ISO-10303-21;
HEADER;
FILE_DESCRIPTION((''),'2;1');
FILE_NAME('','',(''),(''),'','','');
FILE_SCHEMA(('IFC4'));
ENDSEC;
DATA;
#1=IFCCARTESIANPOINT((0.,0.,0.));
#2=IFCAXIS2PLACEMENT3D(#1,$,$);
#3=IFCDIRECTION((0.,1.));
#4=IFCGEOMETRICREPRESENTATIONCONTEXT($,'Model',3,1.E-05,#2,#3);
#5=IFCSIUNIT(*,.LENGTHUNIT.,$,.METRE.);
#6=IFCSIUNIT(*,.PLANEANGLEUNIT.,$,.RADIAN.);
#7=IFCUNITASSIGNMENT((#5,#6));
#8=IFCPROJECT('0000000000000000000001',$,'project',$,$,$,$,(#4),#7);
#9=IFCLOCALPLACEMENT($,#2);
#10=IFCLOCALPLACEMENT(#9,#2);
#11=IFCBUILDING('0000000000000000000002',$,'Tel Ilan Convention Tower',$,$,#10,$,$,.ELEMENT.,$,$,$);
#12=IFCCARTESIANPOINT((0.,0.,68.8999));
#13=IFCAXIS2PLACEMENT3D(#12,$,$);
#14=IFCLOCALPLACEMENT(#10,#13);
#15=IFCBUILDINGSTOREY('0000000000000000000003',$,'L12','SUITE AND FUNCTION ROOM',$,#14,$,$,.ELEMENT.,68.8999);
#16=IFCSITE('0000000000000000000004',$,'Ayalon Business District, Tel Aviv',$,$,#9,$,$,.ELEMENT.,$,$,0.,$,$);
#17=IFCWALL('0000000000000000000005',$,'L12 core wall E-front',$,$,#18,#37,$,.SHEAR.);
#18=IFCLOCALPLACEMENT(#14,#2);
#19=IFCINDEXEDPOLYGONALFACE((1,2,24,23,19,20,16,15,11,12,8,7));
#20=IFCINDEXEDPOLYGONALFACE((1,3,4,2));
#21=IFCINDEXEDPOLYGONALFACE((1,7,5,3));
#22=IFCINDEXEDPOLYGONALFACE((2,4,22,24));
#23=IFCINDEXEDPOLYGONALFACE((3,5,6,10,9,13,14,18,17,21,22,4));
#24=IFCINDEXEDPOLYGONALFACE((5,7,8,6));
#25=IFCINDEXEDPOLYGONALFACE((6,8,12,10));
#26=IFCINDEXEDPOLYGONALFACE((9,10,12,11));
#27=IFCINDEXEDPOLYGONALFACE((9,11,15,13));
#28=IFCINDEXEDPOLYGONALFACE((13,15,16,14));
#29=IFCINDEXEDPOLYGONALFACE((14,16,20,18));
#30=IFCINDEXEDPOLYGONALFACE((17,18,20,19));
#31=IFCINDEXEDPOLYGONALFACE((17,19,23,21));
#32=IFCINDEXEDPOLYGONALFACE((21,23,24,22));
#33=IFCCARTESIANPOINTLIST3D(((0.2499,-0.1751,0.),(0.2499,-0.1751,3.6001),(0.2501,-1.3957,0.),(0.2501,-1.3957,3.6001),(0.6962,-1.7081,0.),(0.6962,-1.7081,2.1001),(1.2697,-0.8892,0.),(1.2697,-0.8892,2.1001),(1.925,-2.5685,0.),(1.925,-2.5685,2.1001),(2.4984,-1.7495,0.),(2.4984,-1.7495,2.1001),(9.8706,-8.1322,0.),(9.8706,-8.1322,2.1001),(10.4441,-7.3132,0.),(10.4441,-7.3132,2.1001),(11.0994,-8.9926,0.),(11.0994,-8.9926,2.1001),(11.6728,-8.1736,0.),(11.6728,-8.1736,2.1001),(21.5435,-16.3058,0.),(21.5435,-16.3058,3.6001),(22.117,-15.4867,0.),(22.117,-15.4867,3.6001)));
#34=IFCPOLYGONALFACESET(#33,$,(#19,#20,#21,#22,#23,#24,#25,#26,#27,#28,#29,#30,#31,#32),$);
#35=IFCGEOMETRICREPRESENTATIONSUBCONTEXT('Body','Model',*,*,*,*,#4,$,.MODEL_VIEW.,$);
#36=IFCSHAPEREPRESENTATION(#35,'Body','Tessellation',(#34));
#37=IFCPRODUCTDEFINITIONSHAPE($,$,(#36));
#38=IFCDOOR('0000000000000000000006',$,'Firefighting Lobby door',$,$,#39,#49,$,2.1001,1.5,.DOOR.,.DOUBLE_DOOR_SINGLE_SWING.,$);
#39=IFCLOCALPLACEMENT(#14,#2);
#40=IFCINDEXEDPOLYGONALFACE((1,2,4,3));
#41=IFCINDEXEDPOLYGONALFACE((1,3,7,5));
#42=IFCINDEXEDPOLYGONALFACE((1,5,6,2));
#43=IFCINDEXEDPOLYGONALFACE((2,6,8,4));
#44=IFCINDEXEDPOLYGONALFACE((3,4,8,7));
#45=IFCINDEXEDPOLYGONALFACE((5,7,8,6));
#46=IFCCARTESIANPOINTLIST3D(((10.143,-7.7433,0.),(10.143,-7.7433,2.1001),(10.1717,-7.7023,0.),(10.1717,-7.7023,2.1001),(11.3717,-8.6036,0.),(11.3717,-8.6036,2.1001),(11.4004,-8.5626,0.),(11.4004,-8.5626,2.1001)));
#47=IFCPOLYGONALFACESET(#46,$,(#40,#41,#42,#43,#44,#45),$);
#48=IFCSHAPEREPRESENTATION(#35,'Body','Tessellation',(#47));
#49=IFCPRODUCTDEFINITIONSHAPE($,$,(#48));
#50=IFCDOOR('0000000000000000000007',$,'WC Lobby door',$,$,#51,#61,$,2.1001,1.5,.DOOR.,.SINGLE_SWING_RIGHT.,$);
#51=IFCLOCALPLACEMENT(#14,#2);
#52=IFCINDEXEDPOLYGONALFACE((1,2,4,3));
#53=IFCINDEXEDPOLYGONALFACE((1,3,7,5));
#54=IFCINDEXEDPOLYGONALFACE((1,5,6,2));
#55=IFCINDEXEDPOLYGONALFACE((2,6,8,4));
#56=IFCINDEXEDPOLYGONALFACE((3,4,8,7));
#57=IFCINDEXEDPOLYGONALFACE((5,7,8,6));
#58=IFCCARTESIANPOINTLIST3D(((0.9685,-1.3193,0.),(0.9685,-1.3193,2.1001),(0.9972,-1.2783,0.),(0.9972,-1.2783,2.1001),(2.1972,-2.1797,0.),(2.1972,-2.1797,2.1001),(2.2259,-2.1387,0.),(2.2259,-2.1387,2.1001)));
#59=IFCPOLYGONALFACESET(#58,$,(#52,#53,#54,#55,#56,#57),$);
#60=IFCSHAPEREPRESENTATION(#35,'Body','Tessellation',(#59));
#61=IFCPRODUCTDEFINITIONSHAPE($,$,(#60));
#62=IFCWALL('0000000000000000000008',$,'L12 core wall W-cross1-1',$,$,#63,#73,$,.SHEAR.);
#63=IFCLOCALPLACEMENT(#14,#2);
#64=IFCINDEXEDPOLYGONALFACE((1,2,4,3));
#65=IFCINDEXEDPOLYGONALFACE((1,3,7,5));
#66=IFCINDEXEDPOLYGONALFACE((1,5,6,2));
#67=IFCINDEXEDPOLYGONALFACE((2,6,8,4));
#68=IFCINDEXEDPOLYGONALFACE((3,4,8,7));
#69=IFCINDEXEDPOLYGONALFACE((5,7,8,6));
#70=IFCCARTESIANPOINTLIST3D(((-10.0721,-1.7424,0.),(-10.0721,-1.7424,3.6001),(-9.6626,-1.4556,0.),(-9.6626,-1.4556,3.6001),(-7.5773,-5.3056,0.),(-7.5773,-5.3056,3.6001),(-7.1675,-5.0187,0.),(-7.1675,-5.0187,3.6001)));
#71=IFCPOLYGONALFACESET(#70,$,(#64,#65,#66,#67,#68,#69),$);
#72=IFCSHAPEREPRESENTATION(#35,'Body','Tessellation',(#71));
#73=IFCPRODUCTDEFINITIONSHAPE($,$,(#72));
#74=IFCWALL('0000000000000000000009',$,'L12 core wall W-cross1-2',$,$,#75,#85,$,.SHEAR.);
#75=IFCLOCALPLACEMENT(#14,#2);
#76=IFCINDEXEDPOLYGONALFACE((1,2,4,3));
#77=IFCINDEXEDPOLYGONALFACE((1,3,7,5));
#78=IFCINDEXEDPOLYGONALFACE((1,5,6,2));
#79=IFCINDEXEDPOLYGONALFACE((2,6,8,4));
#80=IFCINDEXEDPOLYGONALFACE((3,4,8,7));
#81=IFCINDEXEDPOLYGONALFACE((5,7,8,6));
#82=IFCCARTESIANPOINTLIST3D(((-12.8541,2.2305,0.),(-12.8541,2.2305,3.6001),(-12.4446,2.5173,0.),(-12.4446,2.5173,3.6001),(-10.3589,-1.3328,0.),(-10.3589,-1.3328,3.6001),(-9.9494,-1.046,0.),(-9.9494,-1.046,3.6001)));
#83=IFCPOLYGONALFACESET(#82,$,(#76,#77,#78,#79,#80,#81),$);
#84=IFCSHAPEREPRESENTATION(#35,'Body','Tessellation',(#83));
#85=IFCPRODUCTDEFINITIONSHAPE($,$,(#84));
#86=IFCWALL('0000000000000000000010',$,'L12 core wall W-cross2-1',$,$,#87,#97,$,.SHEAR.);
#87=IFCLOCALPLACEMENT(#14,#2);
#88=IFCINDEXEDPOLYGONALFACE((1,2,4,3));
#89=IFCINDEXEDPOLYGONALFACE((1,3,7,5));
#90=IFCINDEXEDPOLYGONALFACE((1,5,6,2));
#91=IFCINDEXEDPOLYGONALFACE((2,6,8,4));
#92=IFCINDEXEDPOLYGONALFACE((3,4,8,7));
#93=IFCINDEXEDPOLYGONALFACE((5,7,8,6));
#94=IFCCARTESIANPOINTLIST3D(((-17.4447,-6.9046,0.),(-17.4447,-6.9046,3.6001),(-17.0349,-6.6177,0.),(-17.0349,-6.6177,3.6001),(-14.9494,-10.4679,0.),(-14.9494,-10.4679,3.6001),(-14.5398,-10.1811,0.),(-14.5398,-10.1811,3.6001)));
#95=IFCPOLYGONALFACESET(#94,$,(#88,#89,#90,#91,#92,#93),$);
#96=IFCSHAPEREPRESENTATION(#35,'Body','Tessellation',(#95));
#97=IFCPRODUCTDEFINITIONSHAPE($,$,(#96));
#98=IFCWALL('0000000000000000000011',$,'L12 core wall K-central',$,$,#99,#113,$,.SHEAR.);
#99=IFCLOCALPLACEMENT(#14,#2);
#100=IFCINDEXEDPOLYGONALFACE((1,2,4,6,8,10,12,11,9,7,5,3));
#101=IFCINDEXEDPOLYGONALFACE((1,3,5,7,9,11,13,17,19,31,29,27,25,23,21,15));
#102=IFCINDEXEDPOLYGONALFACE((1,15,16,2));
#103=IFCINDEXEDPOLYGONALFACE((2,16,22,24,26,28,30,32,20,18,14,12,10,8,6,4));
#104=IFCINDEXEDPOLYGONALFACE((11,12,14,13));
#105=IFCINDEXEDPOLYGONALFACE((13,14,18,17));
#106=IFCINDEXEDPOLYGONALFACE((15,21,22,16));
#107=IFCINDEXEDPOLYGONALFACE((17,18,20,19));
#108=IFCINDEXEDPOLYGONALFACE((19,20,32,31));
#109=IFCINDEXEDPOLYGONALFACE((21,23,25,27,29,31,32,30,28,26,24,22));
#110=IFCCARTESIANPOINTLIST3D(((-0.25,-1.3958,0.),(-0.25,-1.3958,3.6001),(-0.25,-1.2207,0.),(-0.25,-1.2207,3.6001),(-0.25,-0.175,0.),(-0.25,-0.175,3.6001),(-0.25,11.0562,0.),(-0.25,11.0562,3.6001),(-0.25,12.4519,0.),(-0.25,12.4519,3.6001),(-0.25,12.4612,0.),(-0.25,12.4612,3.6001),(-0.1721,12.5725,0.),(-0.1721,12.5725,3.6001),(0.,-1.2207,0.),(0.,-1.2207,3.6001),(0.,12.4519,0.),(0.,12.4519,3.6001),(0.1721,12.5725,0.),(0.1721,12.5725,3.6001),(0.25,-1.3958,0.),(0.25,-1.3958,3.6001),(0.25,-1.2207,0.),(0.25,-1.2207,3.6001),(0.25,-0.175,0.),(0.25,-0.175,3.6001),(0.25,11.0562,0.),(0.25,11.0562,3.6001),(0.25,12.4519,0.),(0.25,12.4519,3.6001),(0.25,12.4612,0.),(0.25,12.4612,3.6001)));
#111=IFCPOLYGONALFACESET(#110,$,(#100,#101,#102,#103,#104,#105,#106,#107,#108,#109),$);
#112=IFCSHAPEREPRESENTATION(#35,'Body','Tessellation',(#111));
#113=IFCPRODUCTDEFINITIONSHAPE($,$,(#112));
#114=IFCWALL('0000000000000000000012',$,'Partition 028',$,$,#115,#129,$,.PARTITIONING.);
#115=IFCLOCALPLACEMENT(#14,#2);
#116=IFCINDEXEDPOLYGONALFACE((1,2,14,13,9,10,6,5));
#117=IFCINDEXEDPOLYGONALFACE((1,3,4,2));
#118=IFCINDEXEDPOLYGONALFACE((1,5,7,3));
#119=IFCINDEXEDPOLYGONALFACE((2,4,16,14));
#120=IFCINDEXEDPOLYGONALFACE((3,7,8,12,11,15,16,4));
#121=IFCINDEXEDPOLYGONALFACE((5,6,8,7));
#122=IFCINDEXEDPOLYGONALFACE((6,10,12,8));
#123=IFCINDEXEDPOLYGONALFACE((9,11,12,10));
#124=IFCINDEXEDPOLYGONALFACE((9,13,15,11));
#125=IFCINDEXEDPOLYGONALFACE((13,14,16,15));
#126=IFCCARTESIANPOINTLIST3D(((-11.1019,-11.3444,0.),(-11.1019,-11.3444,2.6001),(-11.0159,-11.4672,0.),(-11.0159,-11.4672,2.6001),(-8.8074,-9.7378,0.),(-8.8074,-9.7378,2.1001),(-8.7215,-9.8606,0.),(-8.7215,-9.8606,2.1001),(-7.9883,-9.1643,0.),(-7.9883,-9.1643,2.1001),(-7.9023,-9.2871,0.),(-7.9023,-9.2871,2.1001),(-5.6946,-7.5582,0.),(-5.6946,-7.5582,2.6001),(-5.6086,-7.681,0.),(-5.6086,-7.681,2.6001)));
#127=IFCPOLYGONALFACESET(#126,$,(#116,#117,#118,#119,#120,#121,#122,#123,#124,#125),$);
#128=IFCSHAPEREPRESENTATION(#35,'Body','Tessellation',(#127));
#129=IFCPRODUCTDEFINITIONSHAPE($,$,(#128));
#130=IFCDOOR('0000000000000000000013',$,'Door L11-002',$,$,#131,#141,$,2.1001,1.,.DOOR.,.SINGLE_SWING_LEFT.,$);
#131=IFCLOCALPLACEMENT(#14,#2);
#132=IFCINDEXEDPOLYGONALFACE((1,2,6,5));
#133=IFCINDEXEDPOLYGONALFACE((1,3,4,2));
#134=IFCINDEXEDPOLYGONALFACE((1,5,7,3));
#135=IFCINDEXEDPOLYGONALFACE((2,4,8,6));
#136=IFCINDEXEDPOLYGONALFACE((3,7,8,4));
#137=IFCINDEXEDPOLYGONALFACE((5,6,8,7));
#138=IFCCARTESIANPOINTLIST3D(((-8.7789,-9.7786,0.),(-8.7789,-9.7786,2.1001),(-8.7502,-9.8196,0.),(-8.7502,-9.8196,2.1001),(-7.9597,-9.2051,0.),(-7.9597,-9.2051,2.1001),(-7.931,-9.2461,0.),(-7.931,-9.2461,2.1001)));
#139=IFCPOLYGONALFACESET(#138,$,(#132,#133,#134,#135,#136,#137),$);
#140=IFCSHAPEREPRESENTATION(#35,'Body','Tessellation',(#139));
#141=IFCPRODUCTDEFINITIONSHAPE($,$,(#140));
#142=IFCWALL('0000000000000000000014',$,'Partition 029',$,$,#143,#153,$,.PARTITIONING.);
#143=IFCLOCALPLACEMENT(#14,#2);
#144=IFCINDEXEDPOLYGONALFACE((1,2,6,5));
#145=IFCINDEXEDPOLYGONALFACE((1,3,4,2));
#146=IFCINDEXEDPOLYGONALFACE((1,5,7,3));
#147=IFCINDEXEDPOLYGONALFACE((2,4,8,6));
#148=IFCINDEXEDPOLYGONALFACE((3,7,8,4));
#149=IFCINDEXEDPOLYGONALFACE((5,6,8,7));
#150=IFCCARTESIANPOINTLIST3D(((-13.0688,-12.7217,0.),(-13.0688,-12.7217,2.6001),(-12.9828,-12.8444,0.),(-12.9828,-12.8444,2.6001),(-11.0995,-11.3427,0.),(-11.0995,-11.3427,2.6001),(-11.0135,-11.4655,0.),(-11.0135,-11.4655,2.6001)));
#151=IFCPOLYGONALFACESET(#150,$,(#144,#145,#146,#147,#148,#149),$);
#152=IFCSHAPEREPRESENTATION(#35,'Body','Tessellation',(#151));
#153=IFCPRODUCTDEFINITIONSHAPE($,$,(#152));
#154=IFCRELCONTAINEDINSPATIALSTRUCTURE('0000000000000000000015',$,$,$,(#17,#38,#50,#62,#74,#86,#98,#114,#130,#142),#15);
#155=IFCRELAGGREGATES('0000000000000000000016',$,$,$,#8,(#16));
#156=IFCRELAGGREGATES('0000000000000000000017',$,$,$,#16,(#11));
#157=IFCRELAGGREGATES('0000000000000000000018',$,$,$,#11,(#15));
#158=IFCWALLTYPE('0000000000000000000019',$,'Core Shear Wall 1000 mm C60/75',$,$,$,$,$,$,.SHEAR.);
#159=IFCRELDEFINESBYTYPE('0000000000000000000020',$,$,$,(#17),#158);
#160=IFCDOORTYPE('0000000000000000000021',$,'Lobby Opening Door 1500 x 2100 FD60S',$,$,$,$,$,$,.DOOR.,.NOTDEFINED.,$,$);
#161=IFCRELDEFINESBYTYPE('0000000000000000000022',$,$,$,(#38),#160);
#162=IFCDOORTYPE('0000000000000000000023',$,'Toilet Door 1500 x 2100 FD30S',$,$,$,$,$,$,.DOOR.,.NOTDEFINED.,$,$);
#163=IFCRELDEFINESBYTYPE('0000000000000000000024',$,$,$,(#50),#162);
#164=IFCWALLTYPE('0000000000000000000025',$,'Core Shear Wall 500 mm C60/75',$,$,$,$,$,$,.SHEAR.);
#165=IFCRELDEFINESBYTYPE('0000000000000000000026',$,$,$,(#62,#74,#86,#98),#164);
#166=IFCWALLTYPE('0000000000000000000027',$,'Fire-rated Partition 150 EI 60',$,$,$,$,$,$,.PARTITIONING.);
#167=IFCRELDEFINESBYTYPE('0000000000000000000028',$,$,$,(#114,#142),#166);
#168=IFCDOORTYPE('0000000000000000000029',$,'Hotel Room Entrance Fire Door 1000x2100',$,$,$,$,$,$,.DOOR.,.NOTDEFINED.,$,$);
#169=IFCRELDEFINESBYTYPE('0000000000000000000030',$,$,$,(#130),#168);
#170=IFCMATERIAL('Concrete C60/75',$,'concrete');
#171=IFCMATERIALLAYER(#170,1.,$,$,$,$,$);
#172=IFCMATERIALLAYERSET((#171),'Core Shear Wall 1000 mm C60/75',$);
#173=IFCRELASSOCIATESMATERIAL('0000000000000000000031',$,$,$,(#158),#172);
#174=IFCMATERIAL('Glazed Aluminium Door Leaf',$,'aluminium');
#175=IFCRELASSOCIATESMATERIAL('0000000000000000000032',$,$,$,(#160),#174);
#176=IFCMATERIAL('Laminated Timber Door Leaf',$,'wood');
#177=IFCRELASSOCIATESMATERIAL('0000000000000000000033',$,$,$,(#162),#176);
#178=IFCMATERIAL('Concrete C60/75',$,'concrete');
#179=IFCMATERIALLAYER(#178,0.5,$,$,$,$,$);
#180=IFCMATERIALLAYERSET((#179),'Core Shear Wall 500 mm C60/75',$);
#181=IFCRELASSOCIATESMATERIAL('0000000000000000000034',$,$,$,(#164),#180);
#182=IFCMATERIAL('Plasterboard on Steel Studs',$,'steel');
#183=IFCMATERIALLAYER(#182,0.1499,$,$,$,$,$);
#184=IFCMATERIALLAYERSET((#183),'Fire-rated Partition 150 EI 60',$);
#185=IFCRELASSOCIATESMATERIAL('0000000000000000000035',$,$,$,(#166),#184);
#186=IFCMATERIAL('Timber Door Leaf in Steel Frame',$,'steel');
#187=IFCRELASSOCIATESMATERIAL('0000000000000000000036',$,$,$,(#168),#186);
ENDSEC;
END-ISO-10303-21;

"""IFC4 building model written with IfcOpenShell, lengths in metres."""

from ifc_helpers import new_model, si_unit, direction, frame, frame_2d, origin, place, context, subcontext, project, spatial, polyline, rectangle, outline, extrude, material, layer, layer_set, type_object, element, fill, save


model = new_model("IFC4")

# Units and contexts
model_context = context("Model", 3, precision=1e-05, world=origin(), true_north=direction((0.0, 1.0)))
body_context = subcontext(model_context, "Body", "Model", "MODEL_VIEW")
ifc_project = project(units=[si_unit("LENGTHUNIT", "METRE"), si_unit("PLANEANGLEUNIT", "RADIAN")], contexts=[model_context])

# Site, building, storey
site_placement = place(None, origin())
site = spatial("IfcSite", under=ifc_project, at=site_placement, Name="Ayalon Business District, Tel Aviv", CompositionType="ELEMENT", RefElevation=0.0)
building_placement = place(site_placement, origin())
building = spatial("IfcBuilding", under=site, at=building_placement, Name="Tel Ilan Convention Tower", CompositionType="ELEMENT")
storey_placement = place(building_placement, frame((0.0, 0.0, 68.8999)))
storey = spatial("IfcBuildingStorey", under=building, at=storey_placement, Name="L12", Description="SUITE AND FUNCTION ROOM", CompositionType="ELEMENT", Elevation=68.8999)

# Wall, openings, doors
ifc_material_1 = material(Name="Concrete C60/75", Category="concrete")
ifc_layer_1 = layer(ifc_material_1, 1.0)
ifc_layer_set_1 = layer_set([ifc_layer_1], Name="Core Shear Wall 1000 mm C60/75")
wall_type_1 = type_object("IfcWallType", Name="Core Shear Wall 1000 mm C60/75", PredefinedType="SHEAR", material=ifc_layer_set_1)
wall_1_placement = place(storey_placement, frame((-0.0369, -0.5847, 0.0), z_axis=(0.0, 0.0, 1.0), x_axis=(0.819157, -0.573569, 0.0)))
wall_1 = element("IfcWall", 1, at=wall_1_placement, inside=storey, type_object=wall_type_1, Name="L12 core wall E-front", PredefinedType="SHEAR", context=body_context, shape_type="SweptSolid", body=[
    extrude(outline(polyline([(26.6948, 0.4998), (0.0, 0.5), (0.7002, -0.4998), (26.6948, -0.5002), (26.6948, 0.4998)])), origin(), (0.0, 0.0, 1.0), 3.6001),
])
opening_1_placement = place(wall_1_placement, frame((1.2449, 0.0, 0.0)))
opening_1 = element("IfcOpeningElement", 2, at=opening_1_placement, cuts=wall_1, PredefinedType="OPENING", context=body_context, shape_type="SweptSolid", body=[
    extrude(rectangle(XDim=1.5, YDim=2.1001, at=frame_2d((0.75, 1.05))), frame((0.0, 0.51, 0.0), z_axis=(0.0, -1.0, 0.0), x_axis=(1.0, 0.0, 0.0)), (0.0, 0.0, 1.0), 1.02),
])
opening_2_placement = place(wall_1_placement, frame((12.4448, 0.0, 0.0)))
opening_2 = element("IfcOpeningElement", 3, at=opening_2_placement, cuts=wall_1, PredefinedType="OPENING", context=body_context, shape_type="SweptSolid", body=[
    extrude(rectangle(XDim=1.5, YDim=2.1001, at=frame_2d((0.75, 1.05))), frame((0.0, 0.51, 0.0), z_axis=(0.0, -1.0, 0.0), x_axis=(1.0, 0.0, 0.0)), (0.0, 0.0, 1.0), 1.02),
])
ifc_material_2 = material(Name="Glazed Aluminium Door Leaf", Category="aluminium")
door_type_1 = type_object("IfcDoorType", Name="Lobby Opening Door 1500 x 2100 FD60S", OperationType="NOTDEFINED", PredefinedType="DOOR", material=ifc_material_2)
door_1_placement = place(opening_2_placement, origin())
door_1 = element("IfcDoor", 4, at=door_1_placement, inside=storey, type_object=door_type_1, Name="Firefighting Lobby door", OperationType="DOUBLE_DOOR_SINGLE_SWING", OverallHeight=2.1001, OverallWidth=1.5, PredefinedType="DOOR", context=body_context, shape_type="SweptSolid", body=[
    extrude(rectangle(XDim=1.5, YDim=2.1001, at=frame_2d((0.75, 1.05))), frame((0.0, 0.0249, 0.0), z_axis=(0.0, -1.0, 0.0), x_axis=(1.0, 0.0, 0.0)), (0.0, 0.0, 1.0), 0.05),
])
fill(opening_2, door_1)
ifc_material_3 = material(Name="Laminated Timber Door Leaf", Category="wood")
door_type_2 = type_object("IfcDoorType", Name="Toilet Door 1500 x 2100 FD30S", OperationType="NOTDEFINED", PredefinedType="DOOR", material=ifc_material_3)
door_2_placement = place(opening_1_placement, origin())
door_2 = element("IfcDoor", 5, at=door_2_placement, inside=storey, type_object=door_type_2, Name="WC Lobby door", OperationType="SINGLE_SWING_RIGHT", OverallHeight=2.1001, OverallWidth=1.5, PredefinedType="DOOR", context=body_context, shape_type="SweptSolid", body=[
    extrude(rectangle(XDim=1.5, YDim=2.1001, at=frame_2d((0.75, 1.05))), frame((0.0, 0.0249, 0.0), z_axis=(0.0, -1.0, 0.0), x_axis=(1.0, 0.0, 0.0)), (0.0, 0.0, 1.0), 0.05),
])
fill(opening_1, door_2)

# Walls
ifc_material_4 = material(Name="Concrete C60/75", Category="concrete")
ifc_layer_2 = layer(ifc_material_4, 0.5)
ifc_layer_set_2 = layer_set([ifc_layer_2], Name="Core Shear Wall 500 mm C60/75")
wall_type_2 = type_object("IfcWallType", Name="Core Shear Wall 500 mm C60/75", PredefinedType="SHEAR", material=ifc_layer_set_2)
wall_2_placement = place(storey_placement, frame((-7.3723, -5.1621, 0.0), z_axis=(0.0, 0.0, 1.0), x_axis=(-0.573594, 0.81914, 0.0)))
element("IfcWall", 6, at=wall_2_placement, inside=storey, type_object=wall_type_2, Name="L12 core wall W-cross1-1", PredefinedType="SHEAR", context=body_context, shape_type="SweptSolid", body=[
    extrude(outline(polyline([(4.3499, 0.25), (0.0, 0.2502), (0.0, -0.25), (4.3499, -0.25), (4.3499, 0.25)])), origin(), (0.0, 0.0, 1.0), 3.6001),
])
wall_3_placement = place(storey_placement, frame((-10.1543, -1.1892, 0.0), z_axis=(0.0, 0.0, 1.0), x_axis=(-0.573594, 0.81914, 0.0)))
element("IfcWall", 7, at=wall_3_placement, inside=storey, type_object=wall_type_2, Name="L12 core wall W-cross1-2", PredefinedType="SHEAR", context=body_context, shape_type="SweptSolid", body=[
    extrude(outline(polyline([(4.3499, -0.25), (4.3499, 0.25), (-0.0002, 0.25), (-0.0002, -0.25), (4.3499, -0.25)])), origin(), (0.0, 0.0, 1.0), 3.6001),
])
wall_4_placement = place(storey_placement, frame((-14.7446, -10.3245, 0.0), z_axis=(0.0, 0.0, 1.0), x_axis=(-0.573568, 0.819158, 0.0)))
element("IfcWall", 8, at=wall_4_placement, inside=storey, type_object=wall_type_2, Name="L12 core wall W-cross2-1", PredefinedType="SHEAR", context=body_context, shape_type="SweptSolid", body=[
    extrude(outline(polyline([(4.3501, 0.2502), (0.0, 0.25), (0.0, -0.25), (4.3501, -0.25), (4.3501, 0.2502)])), origin(), (0.0, 0.0, 1.0), 3.6001),
])
wall_5_placement = place(storey_placement, frame((0.0, -1.3958, 0.0), z_axis=(0.0, 0.0, 1.0), x_axis=(0.0, 1.0, 0.0)))
element("IfcWall", 9, at=wall_5_placement, inside=storey, type_object=wall_type_2, Name="L12 core wall K-central", PredefinedType="SHEAR", context=body_context, shape_type="SweptSolid", body=[
    extrude(outline(polyline([(0.0, -0.25), (0.175, -0.25), (1.2207, -0.25), (12.4519, -0.25), (13.8477, -0.25), (13.8569, -0.25), (13.9683, -0.1721), (13.8477, 0.0), (13.9683, 0.1721), (13.8569, 0.25), (13.8477, 0.25), (12.4519, 0.25), (1.2207, 0.25), (0.175, 0.25), (0.0, 0.25), (0.175, 0.0), (0.0, -0.25)])), origin(), (0.0, 0.0, 1.0), 3.6001),
])

# Wall, opening, door
ifc_material_5 = material(Name="Plasterboard on Steel Studs", Category="steel")
ifc_layer_3 = layer(ifc_material_5, 0.1499)
ifc_layer_set_3 = layer_set([ifc_layer_3], Name="Fire-rated Partition 150 EI 60")
wall_type_3 = type_object("IfcWallType", Name="Fire-rated Partition 150 EI 60", PredefinedType="PARTITIONING", material=ifc_layer_set_3)
wall_6_placement = place(storey_placement, frame((-5.6516, -7.6196, 0.0), z_axis=(0.0, 0.0, 1.0), x_axis=(-0.819155, -0.573572, 0.0)))
wall_6 = element("IfcWall", 10, at=wall_6_placement, inside=storey, type_object=wall_type_3, Name="Partition 028", PredefinedType="PARTITIONING", context=body_context, shape_type="SweptSolid", body=[
    extrude(rectangle(XDim=6.6011, YDim=0.1499, at=frame_2d((3.3005, 0.0))), origin(), (0.0, 0.0, 1.0), 2.6001),
])
opening_3_placement = place(wall_6_placement, frame((2.8, 0.0, 0.0)))
opening_3 = element("IfcOpeningElement", 11, at=opening_3_placement, cuts=wall_6, PredefinedType="OPENING", context=body_context, shape_type="SweptSolid", body=[
    extrude(rectangle(XDim=1.0, YDim=2.1001, at=frame_2d((0.5, 1.05))), frame((0.0, 0.085, 0.0), z_axis=(0.0, -1.0, 0.0), x_axis=(1.0, 0.0, 0.0)), (0.0, 0.0, 1.0), 0.1699),
])
ifc_material_6 = material(Name="Timber Door Leaf in Steel Frame", Category="steel")
door_type_3 = type_object("IfcDoorType", Name="Hotel Room Entrance Fire Door 1000x2100", OperationType="NOTDEFINED", PredefinedType="DOOR", material=ifc_material_6)
door_3_placement = place(opening_3_placement, origin())
door_3 = element("IfcDoor", 12, at=door_3_placement, inside=storey, type_object=door_type_3, Name="Door L11-002", OperationType="SINGLE_SWING_LEFT", OverallHeight=2.1001, OverallWidth=1.0, PredefinedType="DOOR", context=body_context, shape_type="SweptSolid", body=[
    extrude(rectangle(XDim=1.0, YDim=2.1001, at=frame_2d((0.5, 1.05))), frame((0.0, 0.0249, 0.0), z_axis=(0.0, -1.0, 0.0), x_axis=(1.0, 0.0, 0.0)), (0.0, 0.0, 1.0), 0.05),
])
fill(opening_3, door_3)

# Wall
wall_7_placement = place(storey_placement, frame((-11.0564, -11.4041, 0.0), z_axis=(0.0, 0.0, 1.0), x_axis=(-0.819146, -0.573585, 0.0)))
element("IfcWall", 13, at=wall_7_placement, inside=storey, type_object=wall_type_3, Name="Partition 029", PredefinedType="PARTITIONING", context=body_context, shape_type="SweptSolid", body=[
    extrude(rectangle(XDim=2.4041, YDim=0.1499, at=frame_2d((1.2021, 0.0))), origin(), (0.0, 0.0, 1.0), 2.6001),
])

save(model, "model.ifc")
